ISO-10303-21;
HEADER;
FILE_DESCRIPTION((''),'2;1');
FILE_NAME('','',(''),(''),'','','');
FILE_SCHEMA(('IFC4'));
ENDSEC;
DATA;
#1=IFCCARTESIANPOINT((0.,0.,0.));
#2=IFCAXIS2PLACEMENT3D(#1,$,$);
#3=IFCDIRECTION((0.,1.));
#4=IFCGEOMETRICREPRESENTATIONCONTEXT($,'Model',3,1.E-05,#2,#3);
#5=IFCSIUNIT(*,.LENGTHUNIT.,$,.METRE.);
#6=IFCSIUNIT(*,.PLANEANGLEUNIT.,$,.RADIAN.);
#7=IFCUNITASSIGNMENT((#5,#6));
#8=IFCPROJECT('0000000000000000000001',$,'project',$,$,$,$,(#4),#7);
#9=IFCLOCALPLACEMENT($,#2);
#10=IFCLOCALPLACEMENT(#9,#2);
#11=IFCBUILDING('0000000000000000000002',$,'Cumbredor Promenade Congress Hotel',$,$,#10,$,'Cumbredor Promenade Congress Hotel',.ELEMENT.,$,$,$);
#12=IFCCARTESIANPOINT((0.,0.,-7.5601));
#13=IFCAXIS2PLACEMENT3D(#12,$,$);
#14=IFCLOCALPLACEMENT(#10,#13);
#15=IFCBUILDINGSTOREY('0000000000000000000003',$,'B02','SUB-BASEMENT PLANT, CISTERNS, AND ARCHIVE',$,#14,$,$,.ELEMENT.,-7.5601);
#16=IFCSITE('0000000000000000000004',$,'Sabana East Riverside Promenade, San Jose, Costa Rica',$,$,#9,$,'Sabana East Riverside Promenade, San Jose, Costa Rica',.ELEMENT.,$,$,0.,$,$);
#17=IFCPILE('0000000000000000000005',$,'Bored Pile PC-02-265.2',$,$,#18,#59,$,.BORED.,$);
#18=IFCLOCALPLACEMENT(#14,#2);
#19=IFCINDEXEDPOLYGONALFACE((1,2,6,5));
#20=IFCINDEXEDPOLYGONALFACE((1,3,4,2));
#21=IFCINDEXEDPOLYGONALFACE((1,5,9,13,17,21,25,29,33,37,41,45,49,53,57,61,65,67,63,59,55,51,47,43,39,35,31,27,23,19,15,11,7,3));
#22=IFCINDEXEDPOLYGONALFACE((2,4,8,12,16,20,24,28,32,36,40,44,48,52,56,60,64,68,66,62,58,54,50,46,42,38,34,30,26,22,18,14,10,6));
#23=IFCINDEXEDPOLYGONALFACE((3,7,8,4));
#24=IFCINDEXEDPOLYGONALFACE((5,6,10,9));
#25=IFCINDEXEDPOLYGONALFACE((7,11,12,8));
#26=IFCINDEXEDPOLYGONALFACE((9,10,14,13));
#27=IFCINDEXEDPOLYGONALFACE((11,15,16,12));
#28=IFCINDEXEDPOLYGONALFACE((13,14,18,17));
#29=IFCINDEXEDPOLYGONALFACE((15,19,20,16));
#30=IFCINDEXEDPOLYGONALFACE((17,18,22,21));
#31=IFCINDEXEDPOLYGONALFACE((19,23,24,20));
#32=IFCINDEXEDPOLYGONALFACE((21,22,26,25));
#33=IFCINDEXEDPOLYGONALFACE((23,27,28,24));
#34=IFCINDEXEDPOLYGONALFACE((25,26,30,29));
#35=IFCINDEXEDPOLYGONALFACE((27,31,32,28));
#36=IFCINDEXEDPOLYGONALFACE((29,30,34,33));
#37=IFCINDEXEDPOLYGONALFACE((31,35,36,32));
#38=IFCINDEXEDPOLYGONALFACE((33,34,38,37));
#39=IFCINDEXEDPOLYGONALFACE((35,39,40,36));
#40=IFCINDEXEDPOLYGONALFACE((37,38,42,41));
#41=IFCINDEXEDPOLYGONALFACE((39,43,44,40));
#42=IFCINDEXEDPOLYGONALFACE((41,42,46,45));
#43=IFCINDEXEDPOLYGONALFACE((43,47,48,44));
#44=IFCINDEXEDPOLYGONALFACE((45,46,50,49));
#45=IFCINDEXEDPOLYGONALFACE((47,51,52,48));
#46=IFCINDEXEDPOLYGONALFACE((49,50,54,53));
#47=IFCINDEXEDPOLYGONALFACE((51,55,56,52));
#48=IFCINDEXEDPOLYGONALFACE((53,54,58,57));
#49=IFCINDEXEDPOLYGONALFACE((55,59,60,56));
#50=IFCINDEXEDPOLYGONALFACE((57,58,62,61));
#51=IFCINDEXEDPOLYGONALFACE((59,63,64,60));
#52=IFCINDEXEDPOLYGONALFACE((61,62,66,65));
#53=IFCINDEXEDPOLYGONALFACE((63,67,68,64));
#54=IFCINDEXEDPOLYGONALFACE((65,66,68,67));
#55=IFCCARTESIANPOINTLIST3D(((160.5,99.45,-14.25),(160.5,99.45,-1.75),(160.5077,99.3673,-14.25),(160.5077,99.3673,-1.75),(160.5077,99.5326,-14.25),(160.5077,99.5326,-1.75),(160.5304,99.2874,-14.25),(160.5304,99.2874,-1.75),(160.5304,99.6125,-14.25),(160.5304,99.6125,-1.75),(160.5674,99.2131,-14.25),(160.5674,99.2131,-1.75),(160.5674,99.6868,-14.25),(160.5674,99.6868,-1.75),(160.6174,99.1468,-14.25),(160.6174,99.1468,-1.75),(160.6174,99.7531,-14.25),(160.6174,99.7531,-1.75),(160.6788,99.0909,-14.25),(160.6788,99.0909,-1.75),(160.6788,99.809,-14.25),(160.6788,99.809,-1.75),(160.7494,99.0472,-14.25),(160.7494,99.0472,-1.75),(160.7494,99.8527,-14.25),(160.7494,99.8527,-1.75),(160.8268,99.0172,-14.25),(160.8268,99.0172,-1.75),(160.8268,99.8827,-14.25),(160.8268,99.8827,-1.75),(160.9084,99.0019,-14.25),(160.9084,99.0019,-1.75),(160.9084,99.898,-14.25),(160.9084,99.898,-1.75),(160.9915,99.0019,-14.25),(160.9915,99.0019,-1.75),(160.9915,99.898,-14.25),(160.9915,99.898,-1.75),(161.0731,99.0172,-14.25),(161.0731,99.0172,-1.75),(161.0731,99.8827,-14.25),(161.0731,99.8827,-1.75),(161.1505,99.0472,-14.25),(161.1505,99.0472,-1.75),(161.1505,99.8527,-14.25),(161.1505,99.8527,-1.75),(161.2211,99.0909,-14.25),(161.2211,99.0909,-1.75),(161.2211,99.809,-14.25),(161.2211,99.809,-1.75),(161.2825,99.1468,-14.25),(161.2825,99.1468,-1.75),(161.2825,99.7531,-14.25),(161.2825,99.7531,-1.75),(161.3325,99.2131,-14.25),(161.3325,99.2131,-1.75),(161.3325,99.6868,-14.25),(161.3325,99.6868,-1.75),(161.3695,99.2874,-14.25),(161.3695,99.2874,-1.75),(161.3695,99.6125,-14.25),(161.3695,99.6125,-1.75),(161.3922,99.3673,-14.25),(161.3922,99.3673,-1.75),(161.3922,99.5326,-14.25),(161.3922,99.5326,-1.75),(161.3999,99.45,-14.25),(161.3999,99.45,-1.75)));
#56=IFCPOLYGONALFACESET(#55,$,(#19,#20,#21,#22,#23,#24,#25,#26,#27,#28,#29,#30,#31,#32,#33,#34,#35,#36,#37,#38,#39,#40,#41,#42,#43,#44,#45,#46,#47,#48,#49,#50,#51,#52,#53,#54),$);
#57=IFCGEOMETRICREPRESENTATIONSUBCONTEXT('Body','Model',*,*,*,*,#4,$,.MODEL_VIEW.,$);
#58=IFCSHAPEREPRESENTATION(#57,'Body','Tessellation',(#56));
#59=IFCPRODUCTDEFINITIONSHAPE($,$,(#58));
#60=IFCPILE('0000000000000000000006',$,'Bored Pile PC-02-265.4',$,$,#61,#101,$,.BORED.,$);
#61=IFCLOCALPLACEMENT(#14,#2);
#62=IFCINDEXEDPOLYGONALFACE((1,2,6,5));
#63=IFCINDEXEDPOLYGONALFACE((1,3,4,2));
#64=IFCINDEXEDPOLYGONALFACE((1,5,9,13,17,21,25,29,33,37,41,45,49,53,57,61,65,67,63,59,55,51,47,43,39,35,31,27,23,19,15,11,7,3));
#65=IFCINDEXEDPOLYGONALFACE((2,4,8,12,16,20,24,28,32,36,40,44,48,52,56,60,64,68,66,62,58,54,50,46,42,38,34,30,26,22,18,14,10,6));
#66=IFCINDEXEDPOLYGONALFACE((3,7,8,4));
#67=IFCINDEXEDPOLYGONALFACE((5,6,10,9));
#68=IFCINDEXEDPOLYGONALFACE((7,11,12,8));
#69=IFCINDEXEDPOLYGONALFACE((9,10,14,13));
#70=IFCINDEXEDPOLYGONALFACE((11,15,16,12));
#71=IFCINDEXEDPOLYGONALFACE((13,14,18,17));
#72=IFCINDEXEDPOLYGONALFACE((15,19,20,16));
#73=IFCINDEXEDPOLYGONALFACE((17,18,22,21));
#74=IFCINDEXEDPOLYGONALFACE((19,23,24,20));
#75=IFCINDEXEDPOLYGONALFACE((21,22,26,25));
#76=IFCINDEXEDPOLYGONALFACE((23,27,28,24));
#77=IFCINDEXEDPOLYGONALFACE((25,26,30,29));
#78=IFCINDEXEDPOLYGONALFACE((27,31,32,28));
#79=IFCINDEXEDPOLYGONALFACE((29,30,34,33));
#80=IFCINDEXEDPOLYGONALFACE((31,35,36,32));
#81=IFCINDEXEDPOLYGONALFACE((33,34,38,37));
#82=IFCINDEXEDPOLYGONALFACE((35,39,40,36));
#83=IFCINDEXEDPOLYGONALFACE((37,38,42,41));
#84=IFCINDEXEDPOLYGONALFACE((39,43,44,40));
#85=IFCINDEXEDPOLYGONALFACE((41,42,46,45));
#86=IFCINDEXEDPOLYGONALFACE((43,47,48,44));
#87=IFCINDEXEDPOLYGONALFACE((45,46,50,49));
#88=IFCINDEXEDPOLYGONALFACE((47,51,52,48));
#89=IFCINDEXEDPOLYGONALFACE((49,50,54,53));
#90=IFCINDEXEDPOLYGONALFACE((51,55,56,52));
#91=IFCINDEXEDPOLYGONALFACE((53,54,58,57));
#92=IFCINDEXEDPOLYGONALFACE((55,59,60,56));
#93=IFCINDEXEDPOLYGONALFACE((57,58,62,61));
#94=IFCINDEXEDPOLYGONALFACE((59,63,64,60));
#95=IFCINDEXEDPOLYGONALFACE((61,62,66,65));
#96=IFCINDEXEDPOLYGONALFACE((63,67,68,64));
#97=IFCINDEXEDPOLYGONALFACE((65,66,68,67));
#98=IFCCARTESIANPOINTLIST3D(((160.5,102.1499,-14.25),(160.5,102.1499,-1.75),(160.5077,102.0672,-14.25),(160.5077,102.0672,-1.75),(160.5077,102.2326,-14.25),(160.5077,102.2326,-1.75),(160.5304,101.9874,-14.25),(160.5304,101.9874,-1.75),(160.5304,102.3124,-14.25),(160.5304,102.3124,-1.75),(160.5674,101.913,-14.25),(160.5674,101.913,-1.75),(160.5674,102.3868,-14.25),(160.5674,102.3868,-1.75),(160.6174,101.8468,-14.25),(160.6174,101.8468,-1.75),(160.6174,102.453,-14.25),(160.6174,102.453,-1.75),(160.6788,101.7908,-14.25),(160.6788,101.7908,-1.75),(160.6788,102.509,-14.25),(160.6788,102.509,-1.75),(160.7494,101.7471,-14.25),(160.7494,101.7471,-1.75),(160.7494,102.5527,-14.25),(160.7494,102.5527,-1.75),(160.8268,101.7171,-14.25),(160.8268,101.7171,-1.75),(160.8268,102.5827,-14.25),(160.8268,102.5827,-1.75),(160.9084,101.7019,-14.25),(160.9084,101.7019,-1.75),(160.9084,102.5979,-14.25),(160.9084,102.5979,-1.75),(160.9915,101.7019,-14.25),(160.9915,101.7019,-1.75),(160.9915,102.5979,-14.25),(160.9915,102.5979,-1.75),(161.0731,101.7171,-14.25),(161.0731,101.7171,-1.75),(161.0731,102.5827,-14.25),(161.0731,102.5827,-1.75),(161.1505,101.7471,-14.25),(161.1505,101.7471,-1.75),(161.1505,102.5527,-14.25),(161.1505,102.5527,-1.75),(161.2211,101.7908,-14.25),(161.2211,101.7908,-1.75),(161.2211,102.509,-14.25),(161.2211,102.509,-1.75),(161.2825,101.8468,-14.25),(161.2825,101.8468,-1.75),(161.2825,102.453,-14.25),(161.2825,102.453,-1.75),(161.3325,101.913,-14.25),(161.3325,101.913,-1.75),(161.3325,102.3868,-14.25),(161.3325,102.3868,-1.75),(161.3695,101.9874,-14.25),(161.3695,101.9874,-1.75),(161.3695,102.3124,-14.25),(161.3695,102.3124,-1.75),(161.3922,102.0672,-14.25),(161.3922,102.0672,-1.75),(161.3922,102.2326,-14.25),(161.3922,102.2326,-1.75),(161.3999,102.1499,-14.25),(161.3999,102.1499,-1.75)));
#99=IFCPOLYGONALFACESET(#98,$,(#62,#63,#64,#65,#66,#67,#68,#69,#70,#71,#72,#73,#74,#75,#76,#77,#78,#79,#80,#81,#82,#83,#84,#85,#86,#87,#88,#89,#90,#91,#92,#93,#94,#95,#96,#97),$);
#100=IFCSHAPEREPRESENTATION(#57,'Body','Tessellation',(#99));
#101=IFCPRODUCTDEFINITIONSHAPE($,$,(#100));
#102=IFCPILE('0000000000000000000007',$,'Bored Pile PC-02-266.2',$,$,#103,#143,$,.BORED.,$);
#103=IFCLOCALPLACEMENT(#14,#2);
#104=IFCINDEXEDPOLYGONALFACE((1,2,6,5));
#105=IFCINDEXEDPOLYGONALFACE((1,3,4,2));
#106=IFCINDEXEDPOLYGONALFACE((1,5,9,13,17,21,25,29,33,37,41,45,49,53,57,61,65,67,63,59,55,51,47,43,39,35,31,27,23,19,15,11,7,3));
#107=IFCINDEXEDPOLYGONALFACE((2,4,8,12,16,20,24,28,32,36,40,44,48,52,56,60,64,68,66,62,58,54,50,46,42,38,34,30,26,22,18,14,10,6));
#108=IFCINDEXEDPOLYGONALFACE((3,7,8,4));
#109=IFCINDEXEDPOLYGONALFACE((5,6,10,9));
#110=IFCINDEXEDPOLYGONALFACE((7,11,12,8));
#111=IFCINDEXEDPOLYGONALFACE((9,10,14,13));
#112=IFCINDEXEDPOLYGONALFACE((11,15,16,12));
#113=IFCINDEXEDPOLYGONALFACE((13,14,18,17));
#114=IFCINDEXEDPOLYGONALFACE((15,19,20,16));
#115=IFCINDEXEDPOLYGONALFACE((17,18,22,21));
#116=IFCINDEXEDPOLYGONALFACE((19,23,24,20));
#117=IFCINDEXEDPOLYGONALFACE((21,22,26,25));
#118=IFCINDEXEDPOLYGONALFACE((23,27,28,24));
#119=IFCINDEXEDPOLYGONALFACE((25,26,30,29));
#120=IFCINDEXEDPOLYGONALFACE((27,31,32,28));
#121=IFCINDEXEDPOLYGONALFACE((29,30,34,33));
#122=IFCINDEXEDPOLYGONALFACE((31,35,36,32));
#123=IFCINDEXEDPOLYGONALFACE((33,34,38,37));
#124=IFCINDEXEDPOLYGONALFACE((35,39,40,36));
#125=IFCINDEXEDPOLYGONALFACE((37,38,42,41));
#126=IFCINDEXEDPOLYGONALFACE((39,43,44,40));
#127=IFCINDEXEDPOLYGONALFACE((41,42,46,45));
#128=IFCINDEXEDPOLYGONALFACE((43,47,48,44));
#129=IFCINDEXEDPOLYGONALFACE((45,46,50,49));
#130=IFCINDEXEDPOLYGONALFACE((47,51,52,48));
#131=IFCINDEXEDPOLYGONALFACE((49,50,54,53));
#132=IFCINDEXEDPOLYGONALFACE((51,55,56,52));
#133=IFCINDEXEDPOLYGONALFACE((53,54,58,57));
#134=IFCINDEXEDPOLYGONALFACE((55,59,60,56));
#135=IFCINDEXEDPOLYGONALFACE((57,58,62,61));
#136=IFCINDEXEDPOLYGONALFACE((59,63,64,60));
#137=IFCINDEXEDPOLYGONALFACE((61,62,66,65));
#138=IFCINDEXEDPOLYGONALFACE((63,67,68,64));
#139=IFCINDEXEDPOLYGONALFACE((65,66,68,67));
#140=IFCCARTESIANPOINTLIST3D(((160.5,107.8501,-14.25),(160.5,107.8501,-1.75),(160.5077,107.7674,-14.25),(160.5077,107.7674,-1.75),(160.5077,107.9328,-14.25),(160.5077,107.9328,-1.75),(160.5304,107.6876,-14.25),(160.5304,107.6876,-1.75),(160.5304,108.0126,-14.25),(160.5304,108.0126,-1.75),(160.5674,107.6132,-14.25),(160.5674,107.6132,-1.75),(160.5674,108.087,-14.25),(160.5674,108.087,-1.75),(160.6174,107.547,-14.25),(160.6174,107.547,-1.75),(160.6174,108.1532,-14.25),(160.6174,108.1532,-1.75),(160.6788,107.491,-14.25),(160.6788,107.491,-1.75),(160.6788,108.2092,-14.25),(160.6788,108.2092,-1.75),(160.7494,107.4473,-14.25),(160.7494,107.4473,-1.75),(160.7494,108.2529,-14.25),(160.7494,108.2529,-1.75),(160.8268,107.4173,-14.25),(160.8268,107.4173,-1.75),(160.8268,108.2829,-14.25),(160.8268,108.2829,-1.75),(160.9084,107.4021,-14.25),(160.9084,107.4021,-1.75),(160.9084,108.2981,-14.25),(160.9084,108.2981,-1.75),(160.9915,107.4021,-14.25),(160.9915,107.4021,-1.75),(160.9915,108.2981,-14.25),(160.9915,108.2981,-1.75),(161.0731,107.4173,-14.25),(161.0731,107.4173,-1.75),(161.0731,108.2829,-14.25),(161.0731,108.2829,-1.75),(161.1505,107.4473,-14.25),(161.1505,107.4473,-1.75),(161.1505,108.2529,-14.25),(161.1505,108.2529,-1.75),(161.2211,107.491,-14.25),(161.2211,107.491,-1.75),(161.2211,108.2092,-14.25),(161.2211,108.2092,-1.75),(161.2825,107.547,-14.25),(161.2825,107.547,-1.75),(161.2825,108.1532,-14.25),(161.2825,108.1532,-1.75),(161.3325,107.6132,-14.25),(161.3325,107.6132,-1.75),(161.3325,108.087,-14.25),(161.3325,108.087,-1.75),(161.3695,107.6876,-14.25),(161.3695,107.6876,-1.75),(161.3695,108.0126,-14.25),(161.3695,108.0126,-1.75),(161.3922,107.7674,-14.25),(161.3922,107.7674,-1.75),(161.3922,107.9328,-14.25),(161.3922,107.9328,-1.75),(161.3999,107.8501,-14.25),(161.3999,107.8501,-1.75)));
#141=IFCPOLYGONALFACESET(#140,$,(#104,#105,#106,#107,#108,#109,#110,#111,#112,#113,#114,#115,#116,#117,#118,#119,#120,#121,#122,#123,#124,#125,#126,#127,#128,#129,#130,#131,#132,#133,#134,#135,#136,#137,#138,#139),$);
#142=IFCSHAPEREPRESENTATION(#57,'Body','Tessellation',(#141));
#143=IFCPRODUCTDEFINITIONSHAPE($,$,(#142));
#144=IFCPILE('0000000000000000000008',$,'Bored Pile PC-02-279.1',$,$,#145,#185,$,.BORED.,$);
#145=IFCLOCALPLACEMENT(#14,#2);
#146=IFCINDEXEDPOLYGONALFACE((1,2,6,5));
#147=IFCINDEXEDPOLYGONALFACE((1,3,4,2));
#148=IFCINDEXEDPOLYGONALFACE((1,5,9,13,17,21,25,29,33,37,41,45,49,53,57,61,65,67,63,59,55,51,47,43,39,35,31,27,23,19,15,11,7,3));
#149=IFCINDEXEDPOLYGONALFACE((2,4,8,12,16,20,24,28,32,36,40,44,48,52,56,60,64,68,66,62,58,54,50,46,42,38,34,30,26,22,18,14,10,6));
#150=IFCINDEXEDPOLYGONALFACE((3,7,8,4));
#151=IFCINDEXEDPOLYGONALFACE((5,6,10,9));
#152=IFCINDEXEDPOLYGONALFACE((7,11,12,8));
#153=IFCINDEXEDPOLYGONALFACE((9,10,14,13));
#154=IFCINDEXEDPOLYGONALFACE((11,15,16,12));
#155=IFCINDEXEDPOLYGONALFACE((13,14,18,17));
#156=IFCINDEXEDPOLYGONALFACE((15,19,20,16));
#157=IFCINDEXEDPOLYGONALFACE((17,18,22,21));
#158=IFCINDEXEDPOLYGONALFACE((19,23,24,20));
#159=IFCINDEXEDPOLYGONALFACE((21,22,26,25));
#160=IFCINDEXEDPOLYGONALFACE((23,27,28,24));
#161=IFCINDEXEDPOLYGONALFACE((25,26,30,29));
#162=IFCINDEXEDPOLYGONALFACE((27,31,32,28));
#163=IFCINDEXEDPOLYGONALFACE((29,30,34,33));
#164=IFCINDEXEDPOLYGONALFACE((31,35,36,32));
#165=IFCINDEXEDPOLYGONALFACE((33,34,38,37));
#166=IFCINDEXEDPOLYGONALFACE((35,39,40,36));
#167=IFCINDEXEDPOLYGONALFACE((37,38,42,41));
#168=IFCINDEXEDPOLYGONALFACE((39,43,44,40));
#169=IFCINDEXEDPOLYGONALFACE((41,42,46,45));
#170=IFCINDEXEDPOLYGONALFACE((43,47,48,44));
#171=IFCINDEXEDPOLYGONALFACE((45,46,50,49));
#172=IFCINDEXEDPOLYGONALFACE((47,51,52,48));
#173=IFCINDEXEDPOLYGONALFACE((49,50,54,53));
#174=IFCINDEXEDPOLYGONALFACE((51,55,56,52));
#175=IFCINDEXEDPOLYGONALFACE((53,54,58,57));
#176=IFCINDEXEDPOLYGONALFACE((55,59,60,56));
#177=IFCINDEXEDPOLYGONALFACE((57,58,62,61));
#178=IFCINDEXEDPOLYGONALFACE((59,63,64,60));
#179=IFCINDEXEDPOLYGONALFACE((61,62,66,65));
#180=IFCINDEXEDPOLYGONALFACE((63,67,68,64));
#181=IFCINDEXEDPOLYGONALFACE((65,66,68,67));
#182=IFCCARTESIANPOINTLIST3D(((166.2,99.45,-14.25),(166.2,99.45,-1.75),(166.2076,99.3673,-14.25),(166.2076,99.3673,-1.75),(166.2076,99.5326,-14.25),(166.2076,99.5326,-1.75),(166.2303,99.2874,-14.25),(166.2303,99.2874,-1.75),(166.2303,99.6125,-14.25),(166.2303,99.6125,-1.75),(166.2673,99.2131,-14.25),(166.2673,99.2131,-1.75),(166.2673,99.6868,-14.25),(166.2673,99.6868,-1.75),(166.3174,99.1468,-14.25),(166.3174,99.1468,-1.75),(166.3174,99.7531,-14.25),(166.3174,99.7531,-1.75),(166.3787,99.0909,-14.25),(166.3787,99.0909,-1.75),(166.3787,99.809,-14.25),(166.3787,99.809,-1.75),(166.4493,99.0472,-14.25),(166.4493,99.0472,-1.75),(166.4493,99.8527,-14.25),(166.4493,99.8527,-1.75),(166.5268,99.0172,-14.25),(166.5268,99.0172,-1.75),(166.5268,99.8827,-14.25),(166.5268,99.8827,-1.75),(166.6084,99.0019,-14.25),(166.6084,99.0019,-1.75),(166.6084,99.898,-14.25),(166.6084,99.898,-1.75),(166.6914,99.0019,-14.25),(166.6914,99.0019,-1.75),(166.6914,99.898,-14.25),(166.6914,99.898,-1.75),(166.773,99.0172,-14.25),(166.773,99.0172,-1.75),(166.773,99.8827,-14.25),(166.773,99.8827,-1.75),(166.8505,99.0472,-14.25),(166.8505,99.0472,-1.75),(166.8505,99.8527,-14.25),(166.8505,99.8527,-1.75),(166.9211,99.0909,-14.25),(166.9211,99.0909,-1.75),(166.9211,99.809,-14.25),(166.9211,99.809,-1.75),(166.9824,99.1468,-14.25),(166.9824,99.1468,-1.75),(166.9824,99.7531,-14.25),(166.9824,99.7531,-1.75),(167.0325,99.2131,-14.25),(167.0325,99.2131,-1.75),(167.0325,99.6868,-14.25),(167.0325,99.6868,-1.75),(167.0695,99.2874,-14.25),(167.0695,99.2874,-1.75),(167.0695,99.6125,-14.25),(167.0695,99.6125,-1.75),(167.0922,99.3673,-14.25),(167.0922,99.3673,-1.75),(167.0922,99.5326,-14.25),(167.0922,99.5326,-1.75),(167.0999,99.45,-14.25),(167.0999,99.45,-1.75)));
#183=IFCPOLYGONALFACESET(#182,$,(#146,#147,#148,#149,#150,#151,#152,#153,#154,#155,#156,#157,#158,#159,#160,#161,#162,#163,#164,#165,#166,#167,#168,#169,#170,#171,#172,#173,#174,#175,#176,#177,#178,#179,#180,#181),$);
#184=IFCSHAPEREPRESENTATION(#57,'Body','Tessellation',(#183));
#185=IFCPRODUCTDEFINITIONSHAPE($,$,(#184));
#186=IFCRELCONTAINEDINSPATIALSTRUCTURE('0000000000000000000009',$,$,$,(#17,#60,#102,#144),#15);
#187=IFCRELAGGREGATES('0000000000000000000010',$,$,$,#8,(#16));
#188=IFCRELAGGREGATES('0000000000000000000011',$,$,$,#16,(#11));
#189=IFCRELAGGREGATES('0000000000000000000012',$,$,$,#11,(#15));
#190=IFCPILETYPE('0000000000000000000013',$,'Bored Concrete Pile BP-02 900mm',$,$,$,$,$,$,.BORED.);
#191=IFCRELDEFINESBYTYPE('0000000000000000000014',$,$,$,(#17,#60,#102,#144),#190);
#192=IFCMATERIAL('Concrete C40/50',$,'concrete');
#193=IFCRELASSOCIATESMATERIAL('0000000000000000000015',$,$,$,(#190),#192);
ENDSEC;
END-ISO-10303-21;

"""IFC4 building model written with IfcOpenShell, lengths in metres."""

from ifc_helpers import new_model, si_unit, direction, frame, origin, origin_2d, place, context, subcontext, project, spatial, circle, extrude, material, material_profile, profile_set, type_object, element, save


model = new_model("IFC4")

# Units and contexts
model_context = context("Model", 3, precision=1e-05, world=origin(), true_north=direction((0.0, 1.0)))
body_context = subcontext(model_context, "Body", "Model", "MODEL_VIEW")
ifc_project = project(units=[si_unit("LENGTHUNIT", "METRE"), si_unit("PLANEANGLEUNIT", "RADIAN")], contexts=[model_context])

# Site, building, storey
site_placement = place(None, origin())
site = spatial("IfcSite", under=ifc_project, at=site_placement, Name="Sabana East Riverside Promenade, San Jose, Costa Rica", LongName="Sabana East Riverside Promenade, San Jose, Costa Rica", CompositionType="ELEMENT", RefElevation=0.0)
building_placement = place(site_placement, origin())
building = spatial("IfcBuilding", under=site, at=building_placement, Name="Cumbredor Promenade Congress Hotel", LongName="Cumbredor Promenade Congress Hotel", CompositionType="ELEMENT")
storey_placement = place(building_placement, frame((0.0, 0.0, -7.5601)))
storey = spatial("IfcBuildingStorey", under=building, at=storey_placement, Name="B02", Description="SUB-BASEMENT PLANT, CISTERNS, AND ARCHIVE", CompositionType="ELEMENT", Elevation=-7.5601)

# Piles
ifc_material_1 = material(Name="Concrete C40/50", Category="concrete")
ifc_material_profile_1 = material_profile(ifc_material_1, circle(Radius=0.45, at=origin_2d()), Name="PILE D900")
ifc_profile_set_1 = profile_set([ifc_material_profile_1], Name="Concrete C40/50")
pile_type = type_object("IfcPileType", Name="Bored Concrete Pile BP-02 900mm", PredefinedType="BORED", material=ifc_profile_set_1)
for number, where, z_axis, x_axis, name in (
    (1, (160.95, 99.45, -1.75), (0.0, 0.0, -1.0), (1.0, 0.0, 0.0), "Bored Pile PC-02-265.2"),
    (2, (160.95, 102.1499, -1.75), (0.0, 0.0, -1.0), (1.0, 0.0, 0.0), "Bored Pile PC-02-265.4"),
    (3, (160.95, 107.8501, -1.75), (0.0, 0.0, -1.0), (1.0, 0.0, 0.0), "Bored Pile PC-02-266.2"),
    (4, (166.6499, 99.45, -1.75), (0.0, 0.0, -1.0), (1.0, 0.0, 0.0), "Bored Pile PC-02-279.1"),
):
    element("IfcPile", number, at=place(storey_placement, frame(where, z_axis=z_axis, x_axis=x_axis)), inside=storey, type_object=pile_type, Name=name, PredefinedType="BORED", context=body_context, shape_type="SweptSolid", body=[
        extrude(circle(Radius=0.45, at=origin_2d()), origin(), (0.0, 0.0, 1.0), 12.5),
    ])

save(model, "model.ifc")
